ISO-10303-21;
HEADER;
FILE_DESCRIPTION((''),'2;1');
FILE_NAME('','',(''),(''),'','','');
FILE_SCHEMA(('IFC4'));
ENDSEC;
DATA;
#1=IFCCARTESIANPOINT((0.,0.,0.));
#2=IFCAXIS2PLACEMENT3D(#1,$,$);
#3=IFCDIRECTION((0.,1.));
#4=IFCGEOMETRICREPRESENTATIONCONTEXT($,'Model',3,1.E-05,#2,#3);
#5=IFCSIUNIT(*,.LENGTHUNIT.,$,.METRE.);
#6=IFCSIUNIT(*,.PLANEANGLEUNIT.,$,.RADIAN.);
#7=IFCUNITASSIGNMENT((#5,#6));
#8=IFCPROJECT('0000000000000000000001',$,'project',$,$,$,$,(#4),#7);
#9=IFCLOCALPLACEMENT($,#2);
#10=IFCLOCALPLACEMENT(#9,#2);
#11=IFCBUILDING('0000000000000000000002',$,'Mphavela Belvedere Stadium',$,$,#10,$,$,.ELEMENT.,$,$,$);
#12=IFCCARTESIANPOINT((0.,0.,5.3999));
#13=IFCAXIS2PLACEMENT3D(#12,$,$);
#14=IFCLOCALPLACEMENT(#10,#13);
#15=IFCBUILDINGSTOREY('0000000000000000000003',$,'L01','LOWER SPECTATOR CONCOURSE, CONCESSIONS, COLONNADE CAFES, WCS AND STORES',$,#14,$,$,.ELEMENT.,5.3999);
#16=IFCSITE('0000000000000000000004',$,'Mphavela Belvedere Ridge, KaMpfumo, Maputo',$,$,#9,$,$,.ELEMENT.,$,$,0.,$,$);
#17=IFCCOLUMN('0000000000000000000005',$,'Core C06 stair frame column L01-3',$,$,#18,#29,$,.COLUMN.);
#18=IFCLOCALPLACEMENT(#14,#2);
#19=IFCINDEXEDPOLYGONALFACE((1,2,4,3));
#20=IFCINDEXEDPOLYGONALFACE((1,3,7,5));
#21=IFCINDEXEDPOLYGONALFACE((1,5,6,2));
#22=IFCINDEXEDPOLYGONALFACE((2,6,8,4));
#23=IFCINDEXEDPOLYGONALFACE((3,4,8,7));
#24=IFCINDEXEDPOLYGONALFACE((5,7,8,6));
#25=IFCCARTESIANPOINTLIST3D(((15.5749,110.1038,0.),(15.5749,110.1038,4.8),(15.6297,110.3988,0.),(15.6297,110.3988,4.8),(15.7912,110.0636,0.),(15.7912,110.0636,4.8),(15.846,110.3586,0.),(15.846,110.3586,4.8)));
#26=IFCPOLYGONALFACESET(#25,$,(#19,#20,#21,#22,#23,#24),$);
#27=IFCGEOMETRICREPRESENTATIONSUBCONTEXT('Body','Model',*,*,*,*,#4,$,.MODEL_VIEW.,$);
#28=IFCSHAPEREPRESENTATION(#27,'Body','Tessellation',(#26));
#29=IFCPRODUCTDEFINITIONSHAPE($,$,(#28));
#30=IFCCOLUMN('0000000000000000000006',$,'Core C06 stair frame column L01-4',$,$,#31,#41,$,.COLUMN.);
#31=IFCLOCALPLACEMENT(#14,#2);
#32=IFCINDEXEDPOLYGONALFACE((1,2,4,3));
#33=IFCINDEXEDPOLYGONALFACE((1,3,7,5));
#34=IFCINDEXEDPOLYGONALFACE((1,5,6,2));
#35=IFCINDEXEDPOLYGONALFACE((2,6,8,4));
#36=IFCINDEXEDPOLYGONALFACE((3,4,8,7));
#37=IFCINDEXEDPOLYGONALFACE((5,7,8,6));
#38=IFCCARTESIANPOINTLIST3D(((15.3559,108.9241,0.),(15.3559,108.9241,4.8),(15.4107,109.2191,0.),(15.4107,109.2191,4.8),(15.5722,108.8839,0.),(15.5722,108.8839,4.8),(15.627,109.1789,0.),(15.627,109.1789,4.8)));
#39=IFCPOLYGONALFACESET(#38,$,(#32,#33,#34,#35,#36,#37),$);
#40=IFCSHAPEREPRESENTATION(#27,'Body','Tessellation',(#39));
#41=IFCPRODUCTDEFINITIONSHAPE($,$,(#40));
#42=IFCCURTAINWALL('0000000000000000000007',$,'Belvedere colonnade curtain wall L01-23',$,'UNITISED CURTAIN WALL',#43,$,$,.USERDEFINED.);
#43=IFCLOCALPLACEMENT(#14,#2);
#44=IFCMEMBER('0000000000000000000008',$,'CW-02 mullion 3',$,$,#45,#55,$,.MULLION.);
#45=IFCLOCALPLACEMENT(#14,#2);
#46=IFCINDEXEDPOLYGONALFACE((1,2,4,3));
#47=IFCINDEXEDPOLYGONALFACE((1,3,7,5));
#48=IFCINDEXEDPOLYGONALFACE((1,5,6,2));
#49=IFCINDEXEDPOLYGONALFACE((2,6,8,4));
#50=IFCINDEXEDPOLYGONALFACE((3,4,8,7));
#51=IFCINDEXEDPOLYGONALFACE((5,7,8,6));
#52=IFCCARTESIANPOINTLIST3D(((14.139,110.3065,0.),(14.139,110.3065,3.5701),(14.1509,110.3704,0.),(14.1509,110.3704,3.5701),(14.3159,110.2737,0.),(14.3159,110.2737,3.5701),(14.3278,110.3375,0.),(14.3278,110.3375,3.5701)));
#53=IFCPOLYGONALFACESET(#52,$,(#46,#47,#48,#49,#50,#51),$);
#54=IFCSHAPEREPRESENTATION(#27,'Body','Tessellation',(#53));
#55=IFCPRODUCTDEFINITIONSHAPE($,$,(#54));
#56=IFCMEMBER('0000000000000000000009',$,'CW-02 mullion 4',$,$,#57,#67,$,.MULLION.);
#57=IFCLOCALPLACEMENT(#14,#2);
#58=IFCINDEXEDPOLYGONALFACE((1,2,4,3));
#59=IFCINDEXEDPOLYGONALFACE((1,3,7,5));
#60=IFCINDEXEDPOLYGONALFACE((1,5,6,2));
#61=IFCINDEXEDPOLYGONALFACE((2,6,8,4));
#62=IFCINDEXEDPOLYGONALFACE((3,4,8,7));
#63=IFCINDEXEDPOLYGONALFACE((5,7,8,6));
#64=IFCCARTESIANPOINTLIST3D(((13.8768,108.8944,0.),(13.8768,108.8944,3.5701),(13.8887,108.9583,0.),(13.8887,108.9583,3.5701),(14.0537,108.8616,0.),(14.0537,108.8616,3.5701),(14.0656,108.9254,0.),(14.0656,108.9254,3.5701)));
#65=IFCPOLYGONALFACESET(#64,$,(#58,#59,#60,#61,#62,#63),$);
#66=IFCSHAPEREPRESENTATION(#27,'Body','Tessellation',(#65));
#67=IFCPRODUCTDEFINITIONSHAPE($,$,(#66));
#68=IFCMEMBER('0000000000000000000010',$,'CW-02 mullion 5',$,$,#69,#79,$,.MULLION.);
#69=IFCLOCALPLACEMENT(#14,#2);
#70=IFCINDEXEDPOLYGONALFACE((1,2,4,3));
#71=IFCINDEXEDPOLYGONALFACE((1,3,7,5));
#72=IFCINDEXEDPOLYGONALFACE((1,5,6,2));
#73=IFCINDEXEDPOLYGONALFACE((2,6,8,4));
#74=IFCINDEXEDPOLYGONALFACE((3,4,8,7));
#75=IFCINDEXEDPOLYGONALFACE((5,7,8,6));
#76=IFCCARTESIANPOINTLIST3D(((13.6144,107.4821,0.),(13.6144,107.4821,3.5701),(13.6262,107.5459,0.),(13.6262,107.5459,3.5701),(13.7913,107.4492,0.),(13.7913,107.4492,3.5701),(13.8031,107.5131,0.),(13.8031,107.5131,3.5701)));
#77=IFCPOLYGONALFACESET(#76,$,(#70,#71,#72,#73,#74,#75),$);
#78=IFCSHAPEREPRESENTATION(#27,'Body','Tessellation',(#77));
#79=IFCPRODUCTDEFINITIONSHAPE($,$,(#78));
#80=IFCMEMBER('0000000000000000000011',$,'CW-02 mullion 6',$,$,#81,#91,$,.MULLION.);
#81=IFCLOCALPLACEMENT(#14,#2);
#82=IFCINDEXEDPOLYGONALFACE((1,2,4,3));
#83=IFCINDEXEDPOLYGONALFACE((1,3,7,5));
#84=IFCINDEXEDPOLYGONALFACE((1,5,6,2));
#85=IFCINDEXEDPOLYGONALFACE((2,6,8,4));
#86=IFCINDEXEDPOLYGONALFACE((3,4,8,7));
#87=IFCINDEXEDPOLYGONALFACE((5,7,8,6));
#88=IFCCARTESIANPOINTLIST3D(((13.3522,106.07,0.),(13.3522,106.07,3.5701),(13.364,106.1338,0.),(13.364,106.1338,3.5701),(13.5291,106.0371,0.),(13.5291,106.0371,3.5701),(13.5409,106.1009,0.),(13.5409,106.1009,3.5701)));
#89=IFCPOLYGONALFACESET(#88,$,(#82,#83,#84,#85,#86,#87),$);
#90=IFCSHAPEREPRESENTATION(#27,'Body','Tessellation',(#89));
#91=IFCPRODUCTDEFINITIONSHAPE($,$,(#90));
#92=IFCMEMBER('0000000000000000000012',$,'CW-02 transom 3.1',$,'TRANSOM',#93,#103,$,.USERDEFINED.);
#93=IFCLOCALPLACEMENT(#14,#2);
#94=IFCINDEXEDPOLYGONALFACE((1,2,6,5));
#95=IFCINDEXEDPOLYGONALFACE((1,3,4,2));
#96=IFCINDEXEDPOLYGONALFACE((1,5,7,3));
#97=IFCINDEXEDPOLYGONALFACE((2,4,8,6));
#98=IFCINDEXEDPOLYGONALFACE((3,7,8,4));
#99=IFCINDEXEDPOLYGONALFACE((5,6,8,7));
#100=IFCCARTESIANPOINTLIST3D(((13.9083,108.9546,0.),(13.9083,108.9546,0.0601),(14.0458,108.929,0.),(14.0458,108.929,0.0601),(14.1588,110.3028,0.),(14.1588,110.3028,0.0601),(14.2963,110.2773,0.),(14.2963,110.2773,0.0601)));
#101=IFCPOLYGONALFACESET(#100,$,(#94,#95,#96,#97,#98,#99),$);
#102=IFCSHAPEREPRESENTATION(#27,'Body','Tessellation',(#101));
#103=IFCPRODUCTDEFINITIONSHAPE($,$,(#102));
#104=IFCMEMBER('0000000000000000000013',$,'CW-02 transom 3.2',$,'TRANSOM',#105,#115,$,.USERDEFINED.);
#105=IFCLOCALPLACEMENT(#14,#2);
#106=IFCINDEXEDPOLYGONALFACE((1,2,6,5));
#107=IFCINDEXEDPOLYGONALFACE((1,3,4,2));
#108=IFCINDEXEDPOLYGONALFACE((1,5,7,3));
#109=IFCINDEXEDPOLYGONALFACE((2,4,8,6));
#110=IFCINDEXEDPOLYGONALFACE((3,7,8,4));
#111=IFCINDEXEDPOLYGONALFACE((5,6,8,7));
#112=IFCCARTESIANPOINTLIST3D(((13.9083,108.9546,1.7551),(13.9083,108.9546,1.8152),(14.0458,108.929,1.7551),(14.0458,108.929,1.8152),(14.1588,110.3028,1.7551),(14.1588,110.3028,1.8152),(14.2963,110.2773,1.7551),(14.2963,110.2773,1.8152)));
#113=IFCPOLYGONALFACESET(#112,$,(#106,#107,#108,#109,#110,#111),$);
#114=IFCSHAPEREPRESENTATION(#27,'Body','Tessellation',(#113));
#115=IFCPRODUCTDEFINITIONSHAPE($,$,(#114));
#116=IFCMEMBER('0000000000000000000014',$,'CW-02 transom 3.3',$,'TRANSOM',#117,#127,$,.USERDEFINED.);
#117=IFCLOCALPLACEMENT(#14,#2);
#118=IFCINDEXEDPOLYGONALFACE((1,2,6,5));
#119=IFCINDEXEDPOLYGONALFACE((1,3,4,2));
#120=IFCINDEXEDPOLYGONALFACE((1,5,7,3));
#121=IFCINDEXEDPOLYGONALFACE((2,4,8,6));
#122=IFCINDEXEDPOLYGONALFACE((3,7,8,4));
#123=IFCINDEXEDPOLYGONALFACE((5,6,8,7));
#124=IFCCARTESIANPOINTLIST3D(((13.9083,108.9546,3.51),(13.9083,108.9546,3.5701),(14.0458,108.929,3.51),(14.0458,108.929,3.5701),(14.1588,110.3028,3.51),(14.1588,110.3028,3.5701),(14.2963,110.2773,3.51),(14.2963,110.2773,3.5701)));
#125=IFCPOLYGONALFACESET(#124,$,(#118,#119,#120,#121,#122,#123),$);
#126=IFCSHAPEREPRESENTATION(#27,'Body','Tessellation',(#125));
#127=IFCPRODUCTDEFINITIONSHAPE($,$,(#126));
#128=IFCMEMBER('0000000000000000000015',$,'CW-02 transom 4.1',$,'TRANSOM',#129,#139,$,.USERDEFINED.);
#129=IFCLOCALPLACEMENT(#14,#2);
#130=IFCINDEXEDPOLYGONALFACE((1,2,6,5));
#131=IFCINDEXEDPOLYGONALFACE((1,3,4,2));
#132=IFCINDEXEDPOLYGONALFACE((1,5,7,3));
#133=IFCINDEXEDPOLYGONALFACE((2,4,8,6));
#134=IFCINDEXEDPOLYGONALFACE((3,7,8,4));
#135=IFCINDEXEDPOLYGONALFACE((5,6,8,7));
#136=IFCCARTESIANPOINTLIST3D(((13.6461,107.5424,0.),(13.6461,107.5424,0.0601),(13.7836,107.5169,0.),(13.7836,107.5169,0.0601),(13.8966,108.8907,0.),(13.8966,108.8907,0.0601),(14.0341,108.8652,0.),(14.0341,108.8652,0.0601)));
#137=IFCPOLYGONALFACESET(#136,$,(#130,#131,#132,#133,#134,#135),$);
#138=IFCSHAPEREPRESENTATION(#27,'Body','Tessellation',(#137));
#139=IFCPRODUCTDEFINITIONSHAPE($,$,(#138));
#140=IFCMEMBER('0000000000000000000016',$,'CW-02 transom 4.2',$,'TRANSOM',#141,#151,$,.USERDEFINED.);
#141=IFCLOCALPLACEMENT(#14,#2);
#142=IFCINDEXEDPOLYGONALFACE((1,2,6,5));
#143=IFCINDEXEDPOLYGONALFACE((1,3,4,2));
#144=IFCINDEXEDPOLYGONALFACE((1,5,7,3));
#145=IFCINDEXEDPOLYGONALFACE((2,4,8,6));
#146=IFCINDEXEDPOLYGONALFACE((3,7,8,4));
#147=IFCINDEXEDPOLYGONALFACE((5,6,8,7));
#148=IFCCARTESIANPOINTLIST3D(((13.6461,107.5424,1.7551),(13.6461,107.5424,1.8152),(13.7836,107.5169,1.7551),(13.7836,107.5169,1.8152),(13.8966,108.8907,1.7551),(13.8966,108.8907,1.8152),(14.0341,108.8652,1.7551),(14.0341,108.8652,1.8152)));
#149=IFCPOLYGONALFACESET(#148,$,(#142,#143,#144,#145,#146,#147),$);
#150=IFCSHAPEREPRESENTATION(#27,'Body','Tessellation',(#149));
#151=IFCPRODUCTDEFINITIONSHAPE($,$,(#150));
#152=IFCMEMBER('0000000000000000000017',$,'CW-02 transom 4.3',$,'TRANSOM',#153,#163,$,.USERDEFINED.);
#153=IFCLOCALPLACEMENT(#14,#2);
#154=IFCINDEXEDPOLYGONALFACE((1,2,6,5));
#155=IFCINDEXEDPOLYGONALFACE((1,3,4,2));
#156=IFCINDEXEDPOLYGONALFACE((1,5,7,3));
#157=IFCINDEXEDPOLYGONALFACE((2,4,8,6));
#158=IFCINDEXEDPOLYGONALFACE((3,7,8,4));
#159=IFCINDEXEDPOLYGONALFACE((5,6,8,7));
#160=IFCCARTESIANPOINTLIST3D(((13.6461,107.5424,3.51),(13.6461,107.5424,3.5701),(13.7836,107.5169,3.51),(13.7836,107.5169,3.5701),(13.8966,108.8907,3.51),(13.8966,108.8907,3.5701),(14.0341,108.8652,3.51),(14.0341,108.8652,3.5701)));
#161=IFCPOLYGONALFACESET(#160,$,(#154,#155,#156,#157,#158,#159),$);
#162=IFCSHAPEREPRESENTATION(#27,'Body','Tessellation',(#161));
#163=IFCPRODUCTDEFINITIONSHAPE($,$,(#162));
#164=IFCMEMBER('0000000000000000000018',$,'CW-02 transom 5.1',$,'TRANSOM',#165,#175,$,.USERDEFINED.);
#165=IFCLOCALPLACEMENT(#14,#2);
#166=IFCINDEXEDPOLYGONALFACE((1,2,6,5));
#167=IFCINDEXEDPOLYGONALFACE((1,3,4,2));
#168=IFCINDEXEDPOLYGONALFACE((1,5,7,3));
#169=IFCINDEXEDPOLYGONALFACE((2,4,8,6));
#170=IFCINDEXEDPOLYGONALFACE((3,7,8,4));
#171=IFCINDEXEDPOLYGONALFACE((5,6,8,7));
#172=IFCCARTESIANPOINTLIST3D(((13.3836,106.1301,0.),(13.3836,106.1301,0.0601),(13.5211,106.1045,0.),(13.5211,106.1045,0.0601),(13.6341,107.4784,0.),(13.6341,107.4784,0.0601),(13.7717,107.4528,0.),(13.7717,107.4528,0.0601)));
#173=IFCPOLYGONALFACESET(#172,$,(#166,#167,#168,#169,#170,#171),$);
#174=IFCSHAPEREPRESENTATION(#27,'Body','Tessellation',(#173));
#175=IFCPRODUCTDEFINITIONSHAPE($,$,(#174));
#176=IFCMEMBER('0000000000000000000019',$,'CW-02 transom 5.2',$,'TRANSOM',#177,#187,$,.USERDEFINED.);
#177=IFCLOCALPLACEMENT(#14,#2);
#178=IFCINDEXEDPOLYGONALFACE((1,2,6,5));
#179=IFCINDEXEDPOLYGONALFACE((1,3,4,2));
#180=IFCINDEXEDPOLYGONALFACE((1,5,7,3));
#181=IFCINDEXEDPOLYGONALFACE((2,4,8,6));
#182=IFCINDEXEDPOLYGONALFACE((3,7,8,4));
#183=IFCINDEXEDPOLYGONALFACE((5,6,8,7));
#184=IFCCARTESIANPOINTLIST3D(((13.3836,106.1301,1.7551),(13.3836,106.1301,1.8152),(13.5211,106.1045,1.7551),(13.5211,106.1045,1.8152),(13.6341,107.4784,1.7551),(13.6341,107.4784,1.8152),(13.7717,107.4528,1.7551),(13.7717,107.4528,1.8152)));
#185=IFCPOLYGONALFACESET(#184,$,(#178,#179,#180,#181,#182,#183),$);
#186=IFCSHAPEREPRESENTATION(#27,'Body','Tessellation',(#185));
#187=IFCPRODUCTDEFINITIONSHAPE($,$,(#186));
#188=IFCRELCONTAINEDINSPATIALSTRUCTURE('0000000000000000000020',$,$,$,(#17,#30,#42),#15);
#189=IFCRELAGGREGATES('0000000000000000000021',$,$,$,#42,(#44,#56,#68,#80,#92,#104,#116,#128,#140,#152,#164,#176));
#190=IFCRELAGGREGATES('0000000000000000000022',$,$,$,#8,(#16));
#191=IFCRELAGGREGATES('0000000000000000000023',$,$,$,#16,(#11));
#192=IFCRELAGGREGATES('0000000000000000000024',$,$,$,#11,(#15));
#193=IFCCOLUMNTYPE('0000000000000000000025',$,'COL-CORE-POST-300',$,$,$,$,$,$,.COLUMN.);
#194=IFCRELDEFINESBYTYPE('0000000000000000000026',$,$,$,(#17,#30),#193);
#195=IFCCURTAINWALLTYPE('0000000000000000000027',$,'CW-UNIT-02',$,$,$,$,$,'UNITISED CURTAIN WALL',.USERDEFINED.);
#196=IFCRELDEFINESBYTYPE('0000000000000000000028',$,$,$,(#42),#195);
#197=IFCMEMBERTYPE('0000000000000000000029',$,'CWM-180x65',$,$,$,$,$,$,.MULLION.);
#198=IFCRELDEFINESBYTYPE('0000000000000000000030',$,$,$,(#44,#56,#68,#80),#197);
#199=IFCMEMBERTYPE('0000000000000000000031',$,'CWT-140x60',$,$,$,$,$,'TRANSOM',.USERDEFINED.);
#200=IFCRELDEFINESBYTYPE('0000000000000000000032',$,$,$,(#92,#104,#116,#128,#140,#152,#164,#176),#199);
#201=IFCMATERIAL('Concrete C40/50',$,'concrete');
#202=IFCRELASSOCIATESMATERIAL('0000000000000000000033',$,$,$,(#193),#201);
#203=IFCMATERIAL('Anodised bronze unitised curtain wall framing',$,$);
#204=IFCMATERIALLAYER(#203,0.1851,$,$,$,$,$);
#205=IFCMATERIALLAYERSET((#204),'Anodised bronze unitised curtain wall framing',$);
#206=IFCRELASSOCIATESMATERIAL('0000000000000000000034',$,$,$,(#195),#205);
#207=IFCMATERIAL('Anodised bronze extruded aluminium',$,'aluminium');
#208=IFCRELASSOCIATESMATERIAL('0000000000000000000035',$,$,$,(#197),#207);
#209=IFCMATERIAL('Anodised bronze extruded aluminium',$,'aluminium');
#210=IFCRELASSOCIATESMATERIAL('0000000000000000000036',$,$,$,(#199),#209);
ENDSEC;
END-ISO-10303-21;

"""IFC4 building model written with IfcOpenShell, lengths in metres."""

from ifc_helpers import new_model, si_unit, direction, frame, origin, origin_2d, place, context, subcontext, project, spatial, rectangle, extrude, material, layer, layer_set, material_profile, profile_set, type_object, element, aggregate, save


model = new_model("IFC4")

# Units and contexts
model_context = context("Model", 3, precision=1e-05, world=origin(), true_north=direction((0.0, 1.0)))
body_context = subcontext(model_context, "Body", "Model", "MODEL_VIEW")
ifc_project = project(units=[si_unit("LENGTHUNIT", "METRE"), si_unit("PLANEANGLEUNIT", "RADIAN")], contexts=[model_context])

# Site, building, storey
site_placement = place(None, origin())
site = spatial("IfcSite", under=ifc_project, at=site_placement, Name="Mphavela Belvedere Ridge, KaMpfumo, Maputo", CompositionType="ELEMENT", RefElevation=0.0)
building_placement = place(site_placement, origin())
building = spatial("IfcBuilding", under=site, at=building_placement, Name="Mphavela Belvedere Stadium", CompositionType="ELEMENT")
storey_placement = place(building_placement, frame((0.0, 0.0, 5.3999)))
storey = spatial("IfcBuildingStorey", under=building, at=storey_placement, Name="L01", Description="LOWER SPECTATOR CONCOURSE, CONCESSIONS, COLONNADE CAFES, WCS AND STORES", CompositionType="ELEMENT", Elevation=5.3999)

# Columns
ifc_material_1 = material(Name="Concrete C40/50", Category="concrete")
ifc_material_profile_1 = material_profile(ifc_material_1, rectangle(XDim=0.3, YDim=0.22, at=origin_2d()), Name="RC 300x220")
ifc_profile_set_1 = profile_set([ifc_material_profile_1], Name="Concrete C40/50")
column_type = type_object("IfcColumnType", Name="COL-CORE-POST-300", PredefinedType="COLUMN", material=ifc_profile_set_1)
for number, where, z_axis, x_axis, name in (
    (1, (15.7104, 110.2312, 0.0), (0.0, 0.0, 1.0), (0.182579, 0.983191, 0.0), "Core C06 stair frame column L01-3"),
    (2, (15.4915, 109.0515, 0.0), (0.0, 0.0, 1.0), (0.182579, 0.983191, 0.0), "Core C06 stair frame column L01-4"),
):
    element("IfcColumn", number, at=place(storey_placement, frame(where, z_axis=z_axis, x_axis=x_axis)), inside=storey, type_object=column_type, Name=name, PredefinedType="COLUMN", context=body_context, shape_type="SweptSolid", body=[
        extrude(rectangle(XDim=0.3, YDim=0.22, at=origin_2d()), origin(), (0.0, 0.0, 1.0), 4.8),
    ])

# Curtain wall, members
ifc_material_2 = material(Name="Anodised bronze unitised curtain wall framing")
ifc_layer_1 = layer(ifc_material_2, 0.1851)
ifc_layer_set_1 = layer_set([ifc_layer_1], Name="Anodised bronze unitised curtain wall framing")
curtain_wall_type = type_object("IfcCurtainWallType", Name="CW-UNIT-02", ElementType="UNITISED CURTAIN WALL", PredefinedType="USERDEFINED", material=ifc_layer_set_1)
curtain_wall_placement = place(storey_placement, origin())
curtain_wall = element("IfcCurtainWall", 3, at=curtain_wall_placement, inside=storey, type_object=curtain_wall_type, Name="Belvedere colonnade curtain wall L01-23", ObjectType="UNITISED CURTAIN WALL", PredefinedType="USERDEFINED")
ifc_material_3 = material(Name="Anodised bronze extruded aluminium", Category="aluminium")
ifc_material_profile_2 = material_profile(ifc_material_3, rectangle(XDim=0.1799, YDim=0.0649, at=origin_2d()), Name="CW-MUL 180x65")
ifc_profile_set_2 = profile_set([ifc_material_profile_2], Name="Anodised bronze extruded aluminium")
member_type_1 = type_object("IfcMemberType", Name="CWM-180x65", PredefinedType="MULLION", material=ifc_profile_set_2)
member_1_placement = place(storey_placement, frame((14.2334, 110.322, 0.0), z_axis=(0.0, 0.0, 1.0), x_axis=(0.983184, -0.18262, 0.0)))
member_1 = element("IfcMember", 4, at=member_1_placement, type_object=member_type_1, Name="CW-02 mullion 3", PredefinedType="MULLION", context=body_context, shape_type="SweptSolid", body=[
    extrude(rectangle(XDim=0.1799, YDim=0.0649, at=origin_2d()), origin(), (0.0, 0.0, 1.0), 3.5701),
])
member_2_placement = place(storey_placement, frame((13.9712, 108.9099, 0.0), z_axis=(0.0, 0.0, 1.0), x_axis=(0.983184, -0.18262, 0.0)))
member_2 = element("IfcMember", 5, at=member_2_placement, type_object=member_type_1, Name="CW-02 mullion 4", PredefinedType="MULLION", context=body_context, shape_type="SweptSolid", body=[
    extrude(rectangle(XDim=0.1799, YDim=0.0649, at=origin_2d()), origin(), (0.0, 0.0, 1.0), 3.5701),
])
member_3_placement = place(storey_placement, frame((13.7087, 107.4976, 0.0), z_axis=(0.0, 0.0, 1.0), x_axis=(0.983184, -0.18262, 0.0)))
member_3 = element("IfcMember", 6, at=member_3_placement, type_object=member_type_1, Name="CW-02 mullion 5", PredefinedType="MULLION", context=body_context, shape_type="SweptSolid", body=[
    extrude(rectangle(XDim=0.1799, YDim=0.0649, at=origin_2d()), origin(), (0.0, 0.0, 1.0), 3.5701),
])
member_4_placement = place(storey_placement, frame((13.4465, 106.0854, 0.0), z_axis=(0.0, 0.0, 1.0), x_axis=(0.983184, -0.18262, 0.0)))
member_4 = element("IfcMember", 7, at=member_4_placement, type_object=member_type_1, Name="CW-02 mullion 6", PredefinedType="MULLION", context=body_context, shape_type="SweptSolid", body=[
    extrude(rectangle(XDim=0.1799, YDim=0.0649, at=origin_2d()), origin(), (0.0, 0.0, 1.0), 3.5701),
])
ifc_material_4 = material(Name="Anodised bronze extruded aluminium", Category="aluminium")
ifc_material_profile_3 = material_profile(ifc_material_4, rectangle(XDim=0.1399, YDim=0.0601, at=origin_2d()), Name="CW-TRN 140x60")
ifc_profile_set_3 = profile_set([ifc_material_profile_3], Name="Anodised bronze extruded aluminium")
member_type_2 = type_object("IfcMemberType", Name="CWT-140x60", ElementType="TRANSOM", PredefinedType="USERDEFINED", material=ifc_profile_set_3)
member_5_placement = place(storey_placement, frame((14.2275, 110.29, 0.03), z_axis=(-0.182676, -0.983173, 0.0), x_axis=(0.983173, -0.182676, 0.0)))
member_5 = element("IfcMember", 8, at=member_5_placement, type_object=member_type_2, Name="CW-02 transom 3.1", ObjectType="TRANSOM", PredefinedType="USERDEFINED", context=body_context, shape_type="SweptSolid", body=[
    extrude(rectangle(XDim=0.1399, YDim=0.0601, at=origin_2d()), origin(), (0.0, 0.0, 1.0), 1.3713),
])
member_6_placement = place(storey_placement, frame((14.2275, 110.29, 1.7852), z_axis=(-0.182676, -0.983173, 0.0), x_axis=(0.983173, -0.182676, 0.0)))
member_6 = element("IfcMember", 9, at=member_6_placement, type_object=member_type_2, Name="CW-02 transom 3.2", ObjectType="TRANSOM", PredefinedType="USERDEFINED", context=body_context, shape_type="SweptSolid", body=[
    extrude(rectangle(XDim=0.1399, YDim=0.0601, at=origin_2d()), origin(), (0.0, 0.0, 1.0), 1.3713),
])
member_7_placement = place(storey_placement, frame((14.2275, 110.29, 3.54), z_axis=(-0.182676, -0.983173, 0.0), x_axis=(0.983173, -0.182676, 0.0)))
member_7 = element("IfcMember", 10, at=member_7_placement, type_object=member_type_2, Name="CW-02 transom 3.3", ObjectType="TRANSOM", PredefinedType="USERDEFINED", context=body_context, shape_type="SweptSolid", body=[
    extrude(rectangle(XDim=0.1399, YDim=0.0601, at=origin_2d()), origin(), (0.0, 0.0, 1.0), 1.3713),
])
member_8_placement = place(storey_placement, frame((13.9653, 108.8779, 0.03), z_axis=(-0.182644, -0.983179, 0.0), x_axis=(0.983179, -0.182644, 0.0)))
member_8 = element("IfcMember", 11, at=member_8_placement, type_object=member_type_2, Name="CW-02 transom 4.1", ObjectType="TRANSOM", PredefinedType="USERDEFINED", context=body_context, shape_type="SweptSolid", body=[
    extrude(rectangle(XDim=0.1399, YDim=0.0601, at=origin_2d()), origin(), (0.0, 0.0, 1.0), 1.3713),
])
member_9_placement = place(storey_placement, frame((13.9653, 108.8779, 1.7852), z_axis=(-0.182644, -0.983179, 0.0), x_axis=(0.983179, -0.182644, 0.0)))
member_9 = element("IfcMember", 12, at=member_9_placement, type_object=member_type_2, Name="CW-02 transom 4.2", ObjectType="TRANSOM", PredefinedType="USERDEFINED", context=body_context, shape_type="SweptSolid", body=[
    extrude(rectangle(XDim=0.1399, YDim=0.0601, at=origin_2d()), origin(), (0.0, 0.0, 1.0), 1.3713),
])
member_10_placement = place(storey_placement, frame((13.9653, 108.8779, 3.54), z_axis=(-0.182644, -0.983179, 0.0), x_axis=(0.983179, -0.182644, 0.0)))
member_10 = element("IfcMember", 13, at=member_10_placement, type_object=member_type_2, Name="CW-02 transom 4.3", ObjectType="TRANSOM", PredefinedType="USERDEFINED", context=body_context, shape_type="SweptSolid", body=[
    extrude(rectangle(XDim=0.1399, YDim=0.0601, at=origin_2d()), origin(), (0.0, 0.0, 1.0), 1.3713),
])
member_11_placement = place(storey_placement, frame((13.7029, 107.4656, 0.03), z_axis=(-0.182676, -0.983173, 0.0), x_axis=(0.983173, -0.182676, 0.0)))
member_11 = element("IfcMember", 14, at=member_11_placement, type_object=member_type_2, Name="CW-02 transom 5.1", ObjectType="TRANSOM", PredefinedType="USERDEFINED", context=body_context, shape_type="SweptSolid", body=[
    extrude(rectangle(XDim=0.1399, YDim=0.0601, at=origin_2d()), origin(), (0.0, 0.0, 1.0), 1.3713),
])
member_12_placement = place(storey_placement, frame((13.7029, 107.4656, 1.7852), z_axis=(-0.182676, -0.983173, 0.0), x_axis=(0.983173, -0.182676, 0.0)))
member_12 = element("IfcMember", 15, at=member_12_placement, type_object=member_type_2, Name="CW-02 transom 5.2", ObjectType="TRANSOM", PredefinedType="USERDEFINED", context=body_context, shape_type="SweptSolid", body=[
    extrude(rectangle(XDim=0.1399, YDim=0.0601, at=origin_2d()), origin(), (0.0, 0.0, 1.0), 1.3713),
])
aggregate(curtain_wall, [member_1, member_2, member_3, member_4, member_5, member_6, member_7, member_8, member_9, member_10, member_11, member_12])

save(model, "model.ifc")
